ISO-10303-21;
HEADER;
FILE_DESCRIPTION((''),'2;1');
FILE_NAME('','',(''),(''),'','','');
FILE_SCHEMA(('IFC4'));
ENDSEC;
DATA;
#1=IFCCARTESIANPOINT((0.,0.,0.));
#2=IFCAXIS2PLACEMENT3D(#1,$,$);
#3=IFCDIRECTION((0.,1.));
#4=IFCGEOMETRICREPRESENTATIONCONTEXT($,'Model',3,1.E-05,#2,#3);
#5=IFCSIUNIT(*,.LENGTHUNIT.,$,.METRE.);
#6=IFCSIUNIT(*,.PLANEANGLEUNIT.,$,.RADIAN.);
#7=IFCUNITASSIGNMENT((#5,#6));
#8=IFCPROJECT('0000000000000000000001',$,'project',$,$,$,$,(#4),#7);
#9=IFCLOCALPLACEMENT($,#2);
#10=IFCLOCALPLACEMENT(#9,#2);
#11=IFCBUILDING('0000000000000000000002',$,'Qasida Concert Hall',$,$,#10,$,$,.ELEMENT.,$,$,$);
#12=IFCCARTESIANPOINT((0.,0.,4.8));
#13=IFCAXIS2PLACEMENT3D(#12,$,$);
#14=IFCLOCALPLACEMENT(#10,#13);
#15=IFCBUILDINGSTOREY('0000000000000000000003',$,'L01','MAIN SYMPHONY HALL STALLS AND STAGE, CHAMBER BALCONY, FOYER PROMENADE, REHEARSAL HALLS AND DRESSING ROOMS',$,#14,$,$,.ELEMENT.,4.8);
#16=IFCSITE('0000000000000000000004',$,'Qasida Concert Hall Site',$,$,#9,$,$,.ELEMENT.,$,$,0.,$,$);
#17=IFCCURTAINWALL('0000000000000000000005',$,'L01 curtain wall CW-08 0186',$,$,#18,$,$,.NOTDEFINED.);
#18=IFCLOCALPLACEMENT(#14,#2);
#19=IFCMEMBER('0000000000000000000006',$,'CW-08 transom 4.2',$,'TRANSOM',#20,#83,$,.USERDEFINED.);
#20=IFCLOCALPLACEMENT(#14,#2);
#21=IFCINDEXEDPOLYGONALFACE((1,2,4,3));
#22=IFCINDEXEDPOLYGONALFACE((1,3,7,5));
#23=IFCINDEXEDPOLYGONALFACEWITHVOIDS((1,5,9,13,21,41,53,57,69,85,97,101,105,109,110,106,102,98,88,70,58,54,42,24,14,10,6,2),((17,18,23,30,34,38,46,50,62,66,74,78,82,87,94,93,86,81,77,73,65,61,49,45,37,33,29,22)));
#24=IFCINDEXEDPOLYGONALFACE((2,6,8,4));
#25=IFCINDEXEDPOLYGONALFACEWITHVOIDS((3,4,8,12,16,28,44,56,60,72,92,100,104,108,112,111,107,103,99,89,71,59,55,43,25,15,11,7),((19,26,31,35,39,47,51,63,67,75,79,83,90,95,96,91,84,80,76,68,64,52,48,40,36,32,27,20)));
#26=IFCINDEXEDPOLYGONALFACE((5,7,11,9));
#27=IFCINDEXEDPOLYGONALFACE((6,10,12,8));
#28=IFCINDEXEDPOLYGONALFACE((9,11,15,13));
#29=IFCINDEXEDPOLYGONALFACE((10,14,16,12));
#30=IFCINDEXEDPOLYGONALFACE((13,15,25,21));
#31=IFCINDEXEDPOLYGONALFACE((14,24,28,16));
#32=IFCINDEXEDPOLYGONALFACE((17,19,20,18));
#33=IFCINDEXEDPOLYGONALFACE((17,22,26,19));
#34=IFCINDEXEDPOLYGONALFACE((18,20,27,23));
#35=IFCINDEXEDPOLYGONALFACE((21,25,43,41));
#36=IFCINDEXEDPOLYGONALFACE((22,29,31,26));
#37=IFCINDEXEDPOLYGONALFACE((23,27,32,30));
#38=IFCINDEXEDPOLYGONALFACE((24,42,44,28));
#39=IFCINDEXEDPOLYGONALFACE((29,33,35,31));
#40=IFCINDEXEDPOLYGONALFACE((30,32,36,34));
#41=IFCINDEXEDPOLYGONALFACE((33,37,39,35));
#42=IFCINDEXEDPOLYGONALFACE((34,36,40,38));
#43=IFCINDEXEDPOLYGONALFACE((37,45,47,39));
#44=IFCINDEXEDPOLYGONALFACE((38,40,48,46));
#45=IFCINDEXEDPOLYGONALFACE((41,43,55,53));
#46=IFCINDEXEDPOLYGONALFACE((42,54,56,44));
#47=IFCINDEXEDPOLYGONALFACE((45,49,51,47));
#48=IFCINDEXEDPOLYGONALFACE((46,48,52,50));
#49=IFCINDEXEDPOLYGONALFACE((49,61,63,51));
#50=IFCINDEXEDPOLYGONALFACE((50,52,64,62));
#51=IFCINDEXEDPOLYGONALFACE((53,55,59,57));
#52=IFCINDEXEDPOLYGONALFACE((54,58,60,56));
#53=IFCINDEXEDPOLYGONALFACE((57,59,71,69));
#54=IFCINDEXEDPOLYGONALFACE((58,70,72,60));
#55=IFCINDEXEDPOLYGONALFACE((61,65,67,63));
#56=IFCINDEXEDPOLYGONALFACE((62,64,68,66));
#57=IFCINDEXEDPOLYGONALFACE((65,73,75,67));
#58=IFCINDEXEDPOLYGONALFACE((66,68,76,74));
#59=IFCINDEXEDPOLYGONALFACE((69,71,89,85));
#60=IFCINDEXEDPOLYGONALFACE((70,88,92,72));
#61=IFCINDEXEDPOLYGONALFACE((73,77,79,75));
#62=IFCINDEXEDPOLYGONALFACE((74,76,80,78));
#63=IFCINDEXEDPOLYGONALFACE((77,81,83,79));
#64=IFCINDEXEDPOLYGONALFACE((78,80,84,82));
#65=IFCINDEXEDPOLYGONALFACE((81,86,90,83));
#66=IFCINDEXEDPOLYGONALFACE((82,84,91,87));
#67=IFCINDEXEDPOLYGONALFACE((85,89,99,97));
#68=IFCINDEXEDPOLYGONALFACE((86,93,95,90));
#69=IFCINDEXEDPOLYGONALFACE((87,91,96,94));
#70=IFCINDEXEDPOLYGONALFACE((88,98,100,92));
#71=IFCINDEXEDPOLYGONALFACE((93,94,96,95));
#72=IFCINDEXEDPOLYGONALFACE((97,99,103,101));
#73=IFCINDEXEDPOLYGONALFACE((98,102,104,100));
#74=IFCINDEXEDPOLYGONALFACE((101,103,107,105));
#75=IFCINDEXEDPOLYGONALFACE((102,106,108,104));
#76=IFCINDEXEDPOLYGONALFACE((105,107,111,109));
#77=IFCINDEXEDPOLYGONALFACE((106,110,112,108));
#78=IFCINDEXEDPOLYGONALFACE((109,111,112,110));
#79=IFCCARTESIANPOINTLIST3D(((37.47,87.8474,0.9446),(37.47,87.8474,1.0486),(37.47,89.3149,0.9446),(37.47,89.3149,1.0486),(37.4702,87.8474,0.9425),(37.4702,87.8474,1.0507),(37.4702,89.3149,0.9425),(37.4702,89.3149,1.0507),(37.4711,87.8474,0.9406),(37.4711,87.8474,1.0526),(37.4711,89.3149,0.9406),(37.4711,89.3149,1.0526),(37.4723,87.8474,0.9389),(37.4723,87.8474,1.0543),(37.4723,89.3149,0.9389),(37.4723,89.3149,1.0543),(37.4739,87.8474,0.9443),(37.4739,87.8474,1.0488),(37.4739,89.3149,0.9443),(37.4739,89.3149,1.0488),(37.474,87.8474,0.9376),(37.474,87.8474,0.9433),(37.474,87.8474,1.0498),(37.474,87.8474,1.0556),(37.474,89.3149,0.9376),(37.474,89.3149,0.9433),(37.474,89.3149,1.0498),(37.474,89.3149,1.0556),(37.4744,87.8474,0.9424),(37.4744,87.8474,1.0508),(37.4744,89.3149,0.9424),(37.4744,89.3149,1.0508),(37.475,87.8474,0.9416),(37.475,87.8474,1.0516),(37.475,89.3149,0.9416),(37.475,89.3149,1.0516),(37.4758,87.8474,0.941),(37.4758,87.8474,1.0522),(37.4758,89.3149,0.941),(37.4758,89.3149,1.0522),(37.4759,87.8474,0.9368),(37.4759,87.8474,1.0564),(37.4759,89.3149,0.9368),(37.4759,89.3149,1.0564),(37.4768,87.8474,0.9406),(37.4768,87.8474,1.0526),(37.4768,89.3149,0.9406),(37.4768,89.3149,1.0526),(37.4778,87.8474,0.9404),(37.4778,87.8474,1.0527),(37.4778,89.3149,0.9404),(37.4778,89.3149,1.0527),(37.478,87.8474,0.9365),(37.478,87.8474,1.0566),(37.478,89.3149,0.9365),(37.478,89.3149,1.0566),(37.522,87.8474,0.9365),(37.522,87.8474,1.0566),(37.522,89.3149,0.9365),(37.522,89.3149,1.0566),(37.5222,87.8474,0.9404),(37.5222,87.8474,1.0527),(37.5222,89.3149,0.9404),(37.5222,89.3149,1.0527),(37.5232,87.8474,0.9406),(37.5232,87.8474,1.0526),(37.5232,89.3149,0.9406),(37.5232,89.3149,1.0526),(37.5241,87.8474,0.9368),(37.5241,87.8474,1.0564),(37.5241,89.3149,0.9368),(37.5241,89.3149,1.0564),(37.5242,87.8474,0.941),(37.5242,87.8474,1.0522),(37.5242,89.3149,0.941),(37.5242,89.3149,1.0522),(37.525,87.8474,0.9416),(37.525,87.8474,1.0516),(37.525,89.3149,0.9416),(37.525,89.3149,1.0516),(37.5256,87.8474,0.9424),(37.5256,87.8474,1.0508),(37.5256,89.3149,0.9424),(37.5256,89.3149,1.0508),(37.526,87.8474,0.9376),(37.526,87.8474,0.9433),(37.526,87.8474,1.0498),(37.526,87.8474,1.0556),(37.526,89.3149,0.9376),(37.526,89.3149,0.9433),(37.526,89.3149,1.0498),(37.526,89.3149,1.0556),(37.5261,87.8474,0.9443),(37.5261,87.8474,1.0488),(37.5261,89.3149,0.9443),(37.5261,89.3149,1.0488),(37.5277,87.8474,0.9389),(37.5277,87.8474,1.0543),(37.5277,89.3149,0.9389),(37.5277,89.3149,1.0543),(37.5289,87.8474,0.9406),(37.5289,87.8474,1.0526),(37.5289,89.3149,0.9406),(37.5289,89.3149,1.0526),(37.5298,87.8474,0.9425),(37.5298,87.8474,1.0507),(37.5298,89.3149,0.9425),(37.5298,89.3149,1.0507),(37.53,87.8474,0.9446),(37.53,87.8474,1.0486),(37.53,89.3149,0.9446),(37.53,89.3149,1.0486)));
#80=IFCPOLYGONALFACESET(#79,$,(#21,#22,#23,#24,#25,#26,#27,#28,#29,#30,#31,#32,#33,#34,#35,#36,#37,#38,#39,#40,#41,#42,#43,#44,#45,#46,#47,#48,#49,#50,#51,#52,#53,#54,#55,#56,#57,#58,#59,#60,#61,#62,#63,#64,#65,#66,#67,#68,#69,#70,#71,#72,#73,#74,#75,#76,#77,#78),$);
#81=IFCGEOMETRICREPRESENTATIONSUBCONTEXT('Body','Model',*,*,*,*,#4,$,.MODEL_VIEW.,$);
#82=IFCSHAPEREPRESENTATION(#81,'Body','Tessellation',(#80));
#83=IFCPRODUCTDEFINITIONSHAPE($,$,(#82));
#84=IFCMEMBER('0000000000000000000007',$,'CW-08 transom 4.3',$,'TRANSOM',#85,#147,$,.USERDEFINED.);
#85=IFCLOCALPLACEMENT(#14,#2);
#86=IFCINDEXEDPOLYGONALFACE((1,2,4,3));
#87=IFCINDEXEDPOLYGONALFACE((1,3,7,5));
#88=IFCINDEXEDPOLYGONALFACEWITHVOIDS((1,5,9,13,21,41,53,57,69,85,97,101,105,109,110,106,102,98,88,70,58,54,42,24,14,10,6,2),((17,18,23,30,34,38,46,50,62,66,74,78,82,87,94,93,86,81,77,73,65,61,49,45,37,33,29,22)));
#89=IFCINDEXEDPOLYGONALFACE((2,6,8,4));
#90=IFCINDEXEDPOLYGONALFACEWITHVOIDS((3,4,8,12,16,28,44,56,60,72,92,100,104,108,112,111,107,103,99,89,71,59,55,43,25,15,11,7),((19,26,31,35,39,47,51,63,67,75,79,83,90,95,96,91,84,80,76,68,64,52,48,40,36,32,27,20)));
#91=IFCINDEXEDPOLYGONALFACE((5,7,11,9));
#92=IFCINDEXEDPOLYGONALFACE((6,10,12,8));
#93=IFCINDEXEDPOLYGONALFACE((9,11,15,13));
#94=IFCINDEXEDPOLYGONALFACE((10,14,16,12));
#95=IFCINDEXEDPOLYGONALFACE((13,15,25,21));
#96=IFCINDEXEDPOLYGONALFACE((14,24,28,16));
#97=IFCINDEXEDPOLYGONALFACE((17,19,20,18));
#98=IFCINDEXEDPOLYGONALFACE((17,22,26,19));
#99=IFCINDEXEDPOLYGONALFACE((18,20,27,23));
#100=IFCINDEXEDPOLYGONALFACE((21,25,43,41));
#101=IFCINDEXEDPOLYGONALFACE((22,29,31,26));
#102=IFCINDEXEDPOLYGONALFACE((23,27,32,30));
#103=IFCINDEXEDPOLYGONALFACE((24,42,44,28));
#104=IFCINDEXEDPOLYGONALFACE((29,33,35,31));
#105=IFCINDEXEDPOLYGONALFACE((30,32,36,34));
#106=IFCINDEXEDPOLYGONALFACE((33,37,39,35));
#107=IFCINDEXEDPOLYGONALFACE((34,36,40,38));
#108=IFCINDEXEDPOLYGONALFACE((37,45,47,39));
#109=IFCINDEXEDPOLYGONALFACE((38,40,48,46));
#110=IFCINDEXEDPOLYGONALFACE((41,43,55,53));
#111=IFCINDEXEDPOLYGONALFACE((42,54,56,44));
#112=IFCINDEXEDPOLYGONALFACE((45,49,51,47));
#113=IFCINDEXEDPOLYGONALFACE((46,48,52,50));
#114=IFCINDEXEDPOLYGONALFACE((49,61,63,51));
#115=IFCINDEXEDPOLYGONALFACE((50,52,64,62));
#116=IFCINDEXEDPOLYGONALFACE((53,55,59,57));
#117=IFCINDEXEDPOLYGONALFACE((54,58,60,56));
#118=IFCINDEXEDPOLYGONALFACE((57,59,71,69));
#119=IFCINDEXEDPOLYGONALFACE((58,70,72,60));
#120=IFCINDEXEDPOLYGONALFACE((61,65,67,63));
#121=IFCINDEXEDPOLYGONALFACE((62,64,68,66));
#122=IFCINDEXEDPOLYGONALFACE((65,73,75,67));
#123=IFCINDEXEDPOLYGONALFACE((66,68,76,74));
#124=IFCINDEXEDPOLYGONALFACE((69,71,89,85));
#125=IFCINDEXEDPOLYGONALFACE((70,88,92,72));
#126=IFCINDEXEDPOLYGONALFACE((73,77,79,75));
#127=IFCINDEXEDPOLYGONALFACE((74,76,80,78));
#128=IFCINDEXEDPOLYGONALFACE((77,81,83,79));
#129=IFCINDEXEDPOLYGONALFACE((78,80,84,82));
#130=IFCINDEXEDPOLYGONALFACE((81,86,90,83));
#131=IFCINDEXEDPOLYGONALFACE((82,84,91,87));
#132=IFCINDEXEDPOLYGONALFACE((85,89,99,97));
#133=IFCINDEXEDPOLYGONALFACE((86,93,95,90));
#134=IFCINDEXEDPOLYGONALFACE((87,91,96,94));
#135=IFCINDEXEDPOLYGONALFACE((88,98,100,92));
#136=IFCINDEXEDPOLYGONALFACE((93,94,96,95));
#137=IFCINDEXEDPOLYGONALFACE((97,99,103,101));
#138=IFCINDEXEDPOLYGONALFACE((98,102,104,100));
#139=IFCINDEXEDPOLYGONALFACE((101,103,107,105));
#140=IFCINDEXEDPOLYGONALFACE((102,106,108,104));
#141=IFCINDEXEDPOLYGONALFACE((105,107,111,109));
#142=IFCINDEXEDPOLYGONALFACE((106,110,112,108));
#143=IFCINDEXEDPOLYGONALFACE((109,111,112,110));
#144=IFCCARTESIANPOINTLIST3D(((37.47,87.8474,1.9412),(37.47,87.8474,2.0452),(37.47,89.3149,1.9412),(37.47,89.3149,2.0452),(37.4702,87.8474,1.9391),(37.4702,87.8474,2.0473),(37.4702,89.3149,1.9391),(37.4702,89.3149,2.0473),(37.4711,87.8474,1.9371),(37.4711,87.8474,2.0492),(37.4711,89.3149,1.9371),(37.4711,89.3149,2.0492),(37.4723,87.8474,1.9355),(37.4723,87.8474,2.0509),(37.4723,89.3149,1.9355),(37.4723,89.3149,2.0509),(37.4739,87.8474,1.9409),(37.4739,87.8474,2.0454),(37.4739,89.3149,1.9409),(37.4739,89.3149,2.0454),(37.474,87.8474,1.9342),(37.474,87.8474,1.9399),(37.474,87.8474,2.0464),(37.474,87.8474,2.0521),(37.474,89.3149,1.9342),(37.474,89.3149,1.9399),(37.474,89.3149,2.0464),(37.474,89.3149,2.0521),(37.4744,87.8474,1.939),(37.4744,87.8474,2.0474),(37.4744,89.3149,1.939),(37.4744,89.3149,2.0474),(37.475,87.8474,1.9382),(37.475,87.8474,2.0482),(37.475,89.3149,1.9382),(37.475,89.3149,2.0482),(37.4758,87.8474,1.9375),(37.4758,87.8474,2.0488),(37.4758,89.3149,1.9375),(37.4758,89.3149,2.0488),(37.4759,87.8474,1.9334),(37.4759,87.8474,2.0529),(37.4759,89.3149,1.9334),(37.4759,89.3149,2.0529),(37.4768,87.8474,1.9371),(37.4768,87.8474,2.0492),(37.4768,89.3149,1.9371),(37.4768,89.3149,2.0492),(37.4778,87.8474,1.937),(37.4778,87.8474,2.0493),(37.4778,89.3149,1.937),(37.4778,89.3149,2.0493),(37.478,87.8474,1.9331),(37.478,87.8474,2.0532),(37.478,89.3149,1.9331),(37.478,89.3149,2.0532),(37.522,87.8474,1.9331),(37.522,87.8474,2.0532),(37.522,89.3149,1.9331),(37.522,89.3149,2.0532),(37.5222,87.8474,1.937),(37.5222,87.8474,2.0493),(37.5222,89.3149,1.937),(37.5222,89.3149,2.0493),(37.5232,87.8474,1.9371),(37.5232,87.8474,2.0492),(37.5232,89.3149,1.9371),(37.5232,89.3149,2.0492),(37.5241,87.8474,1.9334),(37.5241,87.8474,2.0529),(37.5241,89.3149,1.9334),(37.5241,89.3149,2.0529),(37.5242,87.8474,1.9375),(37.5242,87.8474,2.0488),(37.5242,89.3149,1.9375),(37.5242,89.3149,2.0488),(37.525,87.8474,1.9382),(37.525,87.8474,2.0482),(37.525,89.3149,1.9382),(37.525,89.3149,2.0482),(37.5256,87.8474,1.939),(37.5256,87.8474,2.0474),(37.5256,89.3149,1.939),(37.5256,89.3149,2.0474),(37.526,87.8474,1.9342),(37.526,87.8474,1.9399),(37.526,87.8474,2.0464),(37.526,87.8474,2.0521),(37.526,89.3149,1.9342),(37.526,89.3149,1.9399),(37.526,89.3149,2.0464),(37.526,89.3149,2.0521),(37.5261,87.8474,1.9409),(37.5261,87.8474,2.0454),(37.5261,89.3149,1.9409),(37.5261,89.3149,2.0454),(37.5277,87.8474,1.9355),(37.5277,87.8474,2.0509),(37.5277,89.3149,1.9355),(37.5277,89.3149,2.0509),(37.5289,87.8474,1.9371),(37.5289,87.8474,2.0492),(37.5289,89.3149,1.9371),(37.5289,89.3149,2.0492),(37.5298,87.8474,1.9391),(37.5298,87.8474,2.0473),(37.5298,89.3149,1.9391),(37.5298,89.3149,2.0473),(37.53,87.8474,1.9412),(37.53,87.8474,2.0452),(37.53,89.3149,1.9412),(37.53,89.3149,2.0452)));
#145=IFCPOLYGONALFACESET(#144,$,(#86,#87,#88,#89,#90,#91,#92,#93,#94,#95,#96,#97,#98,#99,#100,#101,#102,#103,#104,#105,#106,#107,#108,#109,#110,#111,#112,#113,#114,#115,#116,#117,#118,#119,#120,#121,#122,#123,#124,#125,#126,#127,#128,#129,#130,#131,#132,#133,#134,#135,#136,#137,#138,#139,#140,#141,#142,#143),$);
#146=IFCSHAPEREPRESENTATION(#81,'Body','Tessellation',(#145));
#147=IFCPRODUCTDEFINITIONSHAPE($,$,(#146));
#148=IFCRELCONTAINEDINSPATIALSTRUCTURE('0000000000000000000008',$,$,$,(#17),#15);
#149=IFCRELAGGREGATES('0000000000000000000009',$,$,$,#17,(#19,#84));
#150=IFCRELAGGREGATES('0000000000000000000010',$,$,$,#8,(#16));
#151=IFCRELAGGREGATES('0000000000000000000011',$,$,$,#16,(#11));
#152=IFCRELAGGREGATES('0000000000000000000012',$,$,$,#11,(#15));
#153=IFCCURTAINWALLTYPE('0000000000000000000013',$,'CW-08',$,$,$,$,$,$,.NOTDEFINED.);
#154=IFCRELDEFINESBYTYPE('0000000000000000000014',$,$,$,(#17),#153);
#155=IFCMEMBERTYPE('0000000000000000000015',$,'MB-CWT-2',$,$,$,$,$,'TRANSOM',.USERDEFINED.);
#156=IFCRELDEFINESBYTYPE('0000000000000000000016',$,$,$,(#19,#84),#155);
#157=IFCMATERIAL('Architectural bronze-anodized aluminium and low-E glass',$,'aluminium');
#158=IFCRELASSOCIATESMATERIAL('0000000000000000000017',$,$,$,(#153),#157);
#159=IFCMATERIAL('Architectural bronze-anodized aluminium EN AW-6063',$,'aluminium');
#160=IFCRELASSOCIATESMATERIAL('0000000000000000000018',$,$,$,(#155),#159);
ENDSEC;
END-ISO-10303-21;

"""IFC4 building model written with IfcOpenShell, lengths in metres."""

from ifc_helpers import new_model, si_unit, direction, frame, origin, origin_2d, place, context, subcontext, project, spatial, hollow_rectangle, extrude, material, material_profile, profile_set, type_object, element, aggregate, save


model = new_model("IFC4")

# Units and contexts
model_context = context("Model", 3, precision=1e-05, world=origin(), true_north=direction((0.0, 1.0)))
body_context = subcontext(model_context, "Body", "Model", "MODEL_VIEW")
ifc_project = project(units=[si_unit("LENGTHUNIT", "METRE"), si_unit("PLANEANGLEUNIT", "RADIAN")], contexts=[model_context])

# Site, building, storey
site_placement = place(None, origin())
site = spatial("IfcSite", under=ifc_project, at=site_placement, Name="Qasida Concert Hall Site", CompositionType="ELEMENT", RefElevation=0.0)
building_placement = place(site_placement, origin())
building = spatial("IfcBuilding", under=site, at=building_placement, Name="Qasida Concert Hall", CompositionType="ELEMENT")
storey_placement = place(building_placement, frame((0.0, 0.0, 4.8)))
storey = spatial("IfcBuildingStorey", under=building, at=storey_placement, Name="L01", Description="MAIN SYMPHONY HALL STALLS AND STAGE, CHAMBER BALCONY, FOYER PROMENADE, REHEARSAL HALLS AND DRESSING ROOMS", CompositionType="ELEMENT", Elevation=4.8)

# Curtain wall
ifc_material_1 = material(Name="Architectural bronze-anodized aluminium and low-E glass", Category="aluminium")
curtain_wall_type = type_object("IfcCurtainWallType", Name="CW-08", PredefinedType="NOTDEFINED", material=ifc_material_1)
curtain_wall_1_placement = place(storey_placement, origin())
curtain_wall_1 = element("IfcCurtainWall", 1, at=curtain_wall_1_placement, inside=storey, type_object=curtain_wall_type, Name="L01 curtain wall CW-08 0186", PredefinedType="NOTDEFINED")
ifc_material_2 = material(Name="Architectural bronze-anodized aluminium EN AW-6063", Category="aluminium")

# Members
ifc_material_profile_1 = material_profile(ifc_material_2, hollow_rectangle(XDim=0.0601, YDim=0.1201, WallThickness=0.0039, InnerFilletRadius=0.0039, OuterFilletRadius=0.0081, at=origin_2d()), Name="CWT 120x60x4")
ifc_profile_set_1 = profile_set([ifc_material_profile_1], Name="Architectural bronze-anodized aluminium EN AW-6063")
member_type_1 = type_object("IfcMemberType", Name="MB-CWT-2", ElementType="TRANSOM", PredefinedType="USERDEFINED", material=ifc_profile_set_1)
member_1_placement = place(storey_placement, frame((37.5, 87.8474, 0.9966), z_axis=(0.0, 1.0, 0.0), x_axis=(-1.0, 0.0, 0.0)))
member_1 = element("IfcMember", 2, at=member_1_placement, type_object=member_type_1, Name="CW-08 transom 4.2", ObjectType="TRANSOM", PredefinedType="USERDEFINED", context=body_context, shape_type="SweptSolid", body=[
    extrude(hollow_rectangle(XDim=0.0601, YDim=0.1201, WallThickness=0.0039, InnerFilletRadius=0.0039, OuterFilletRadius=0.0081, at=origin_2d()), origin(), (0.0, 0.0, 1.0), 1.4675),
])
member_2_placement = place(storey_placement, frame((37.5, 87.8474, 1.9932), z_axis=(0.0, 1.0, 0.0), x_axis=(-1.0, 0.0, 0.0)))
member_2 = element("IfcMember", 3, at=member_2_placement, type_object=member_type_1, Name="CW-08 transom 4.3", ObjectType="TRANSOM", PredefinedType="USERDEFINED", context=body_context, shape_type="SweptSolid", body=[
    extrude(hollow_rectangle(XDim=0.0601, YDim=0.1201, WallThickness=0.0039, InnerFilletRadius=0.0039, OuterFilletRadius=0.0081, at=origin_2d()), origin(), (0.0, 0.0, 1.0), 1.4675),
])

aggregate(curtain_wall_1, [member_1, member_2])

save(model, "model.ifc")
